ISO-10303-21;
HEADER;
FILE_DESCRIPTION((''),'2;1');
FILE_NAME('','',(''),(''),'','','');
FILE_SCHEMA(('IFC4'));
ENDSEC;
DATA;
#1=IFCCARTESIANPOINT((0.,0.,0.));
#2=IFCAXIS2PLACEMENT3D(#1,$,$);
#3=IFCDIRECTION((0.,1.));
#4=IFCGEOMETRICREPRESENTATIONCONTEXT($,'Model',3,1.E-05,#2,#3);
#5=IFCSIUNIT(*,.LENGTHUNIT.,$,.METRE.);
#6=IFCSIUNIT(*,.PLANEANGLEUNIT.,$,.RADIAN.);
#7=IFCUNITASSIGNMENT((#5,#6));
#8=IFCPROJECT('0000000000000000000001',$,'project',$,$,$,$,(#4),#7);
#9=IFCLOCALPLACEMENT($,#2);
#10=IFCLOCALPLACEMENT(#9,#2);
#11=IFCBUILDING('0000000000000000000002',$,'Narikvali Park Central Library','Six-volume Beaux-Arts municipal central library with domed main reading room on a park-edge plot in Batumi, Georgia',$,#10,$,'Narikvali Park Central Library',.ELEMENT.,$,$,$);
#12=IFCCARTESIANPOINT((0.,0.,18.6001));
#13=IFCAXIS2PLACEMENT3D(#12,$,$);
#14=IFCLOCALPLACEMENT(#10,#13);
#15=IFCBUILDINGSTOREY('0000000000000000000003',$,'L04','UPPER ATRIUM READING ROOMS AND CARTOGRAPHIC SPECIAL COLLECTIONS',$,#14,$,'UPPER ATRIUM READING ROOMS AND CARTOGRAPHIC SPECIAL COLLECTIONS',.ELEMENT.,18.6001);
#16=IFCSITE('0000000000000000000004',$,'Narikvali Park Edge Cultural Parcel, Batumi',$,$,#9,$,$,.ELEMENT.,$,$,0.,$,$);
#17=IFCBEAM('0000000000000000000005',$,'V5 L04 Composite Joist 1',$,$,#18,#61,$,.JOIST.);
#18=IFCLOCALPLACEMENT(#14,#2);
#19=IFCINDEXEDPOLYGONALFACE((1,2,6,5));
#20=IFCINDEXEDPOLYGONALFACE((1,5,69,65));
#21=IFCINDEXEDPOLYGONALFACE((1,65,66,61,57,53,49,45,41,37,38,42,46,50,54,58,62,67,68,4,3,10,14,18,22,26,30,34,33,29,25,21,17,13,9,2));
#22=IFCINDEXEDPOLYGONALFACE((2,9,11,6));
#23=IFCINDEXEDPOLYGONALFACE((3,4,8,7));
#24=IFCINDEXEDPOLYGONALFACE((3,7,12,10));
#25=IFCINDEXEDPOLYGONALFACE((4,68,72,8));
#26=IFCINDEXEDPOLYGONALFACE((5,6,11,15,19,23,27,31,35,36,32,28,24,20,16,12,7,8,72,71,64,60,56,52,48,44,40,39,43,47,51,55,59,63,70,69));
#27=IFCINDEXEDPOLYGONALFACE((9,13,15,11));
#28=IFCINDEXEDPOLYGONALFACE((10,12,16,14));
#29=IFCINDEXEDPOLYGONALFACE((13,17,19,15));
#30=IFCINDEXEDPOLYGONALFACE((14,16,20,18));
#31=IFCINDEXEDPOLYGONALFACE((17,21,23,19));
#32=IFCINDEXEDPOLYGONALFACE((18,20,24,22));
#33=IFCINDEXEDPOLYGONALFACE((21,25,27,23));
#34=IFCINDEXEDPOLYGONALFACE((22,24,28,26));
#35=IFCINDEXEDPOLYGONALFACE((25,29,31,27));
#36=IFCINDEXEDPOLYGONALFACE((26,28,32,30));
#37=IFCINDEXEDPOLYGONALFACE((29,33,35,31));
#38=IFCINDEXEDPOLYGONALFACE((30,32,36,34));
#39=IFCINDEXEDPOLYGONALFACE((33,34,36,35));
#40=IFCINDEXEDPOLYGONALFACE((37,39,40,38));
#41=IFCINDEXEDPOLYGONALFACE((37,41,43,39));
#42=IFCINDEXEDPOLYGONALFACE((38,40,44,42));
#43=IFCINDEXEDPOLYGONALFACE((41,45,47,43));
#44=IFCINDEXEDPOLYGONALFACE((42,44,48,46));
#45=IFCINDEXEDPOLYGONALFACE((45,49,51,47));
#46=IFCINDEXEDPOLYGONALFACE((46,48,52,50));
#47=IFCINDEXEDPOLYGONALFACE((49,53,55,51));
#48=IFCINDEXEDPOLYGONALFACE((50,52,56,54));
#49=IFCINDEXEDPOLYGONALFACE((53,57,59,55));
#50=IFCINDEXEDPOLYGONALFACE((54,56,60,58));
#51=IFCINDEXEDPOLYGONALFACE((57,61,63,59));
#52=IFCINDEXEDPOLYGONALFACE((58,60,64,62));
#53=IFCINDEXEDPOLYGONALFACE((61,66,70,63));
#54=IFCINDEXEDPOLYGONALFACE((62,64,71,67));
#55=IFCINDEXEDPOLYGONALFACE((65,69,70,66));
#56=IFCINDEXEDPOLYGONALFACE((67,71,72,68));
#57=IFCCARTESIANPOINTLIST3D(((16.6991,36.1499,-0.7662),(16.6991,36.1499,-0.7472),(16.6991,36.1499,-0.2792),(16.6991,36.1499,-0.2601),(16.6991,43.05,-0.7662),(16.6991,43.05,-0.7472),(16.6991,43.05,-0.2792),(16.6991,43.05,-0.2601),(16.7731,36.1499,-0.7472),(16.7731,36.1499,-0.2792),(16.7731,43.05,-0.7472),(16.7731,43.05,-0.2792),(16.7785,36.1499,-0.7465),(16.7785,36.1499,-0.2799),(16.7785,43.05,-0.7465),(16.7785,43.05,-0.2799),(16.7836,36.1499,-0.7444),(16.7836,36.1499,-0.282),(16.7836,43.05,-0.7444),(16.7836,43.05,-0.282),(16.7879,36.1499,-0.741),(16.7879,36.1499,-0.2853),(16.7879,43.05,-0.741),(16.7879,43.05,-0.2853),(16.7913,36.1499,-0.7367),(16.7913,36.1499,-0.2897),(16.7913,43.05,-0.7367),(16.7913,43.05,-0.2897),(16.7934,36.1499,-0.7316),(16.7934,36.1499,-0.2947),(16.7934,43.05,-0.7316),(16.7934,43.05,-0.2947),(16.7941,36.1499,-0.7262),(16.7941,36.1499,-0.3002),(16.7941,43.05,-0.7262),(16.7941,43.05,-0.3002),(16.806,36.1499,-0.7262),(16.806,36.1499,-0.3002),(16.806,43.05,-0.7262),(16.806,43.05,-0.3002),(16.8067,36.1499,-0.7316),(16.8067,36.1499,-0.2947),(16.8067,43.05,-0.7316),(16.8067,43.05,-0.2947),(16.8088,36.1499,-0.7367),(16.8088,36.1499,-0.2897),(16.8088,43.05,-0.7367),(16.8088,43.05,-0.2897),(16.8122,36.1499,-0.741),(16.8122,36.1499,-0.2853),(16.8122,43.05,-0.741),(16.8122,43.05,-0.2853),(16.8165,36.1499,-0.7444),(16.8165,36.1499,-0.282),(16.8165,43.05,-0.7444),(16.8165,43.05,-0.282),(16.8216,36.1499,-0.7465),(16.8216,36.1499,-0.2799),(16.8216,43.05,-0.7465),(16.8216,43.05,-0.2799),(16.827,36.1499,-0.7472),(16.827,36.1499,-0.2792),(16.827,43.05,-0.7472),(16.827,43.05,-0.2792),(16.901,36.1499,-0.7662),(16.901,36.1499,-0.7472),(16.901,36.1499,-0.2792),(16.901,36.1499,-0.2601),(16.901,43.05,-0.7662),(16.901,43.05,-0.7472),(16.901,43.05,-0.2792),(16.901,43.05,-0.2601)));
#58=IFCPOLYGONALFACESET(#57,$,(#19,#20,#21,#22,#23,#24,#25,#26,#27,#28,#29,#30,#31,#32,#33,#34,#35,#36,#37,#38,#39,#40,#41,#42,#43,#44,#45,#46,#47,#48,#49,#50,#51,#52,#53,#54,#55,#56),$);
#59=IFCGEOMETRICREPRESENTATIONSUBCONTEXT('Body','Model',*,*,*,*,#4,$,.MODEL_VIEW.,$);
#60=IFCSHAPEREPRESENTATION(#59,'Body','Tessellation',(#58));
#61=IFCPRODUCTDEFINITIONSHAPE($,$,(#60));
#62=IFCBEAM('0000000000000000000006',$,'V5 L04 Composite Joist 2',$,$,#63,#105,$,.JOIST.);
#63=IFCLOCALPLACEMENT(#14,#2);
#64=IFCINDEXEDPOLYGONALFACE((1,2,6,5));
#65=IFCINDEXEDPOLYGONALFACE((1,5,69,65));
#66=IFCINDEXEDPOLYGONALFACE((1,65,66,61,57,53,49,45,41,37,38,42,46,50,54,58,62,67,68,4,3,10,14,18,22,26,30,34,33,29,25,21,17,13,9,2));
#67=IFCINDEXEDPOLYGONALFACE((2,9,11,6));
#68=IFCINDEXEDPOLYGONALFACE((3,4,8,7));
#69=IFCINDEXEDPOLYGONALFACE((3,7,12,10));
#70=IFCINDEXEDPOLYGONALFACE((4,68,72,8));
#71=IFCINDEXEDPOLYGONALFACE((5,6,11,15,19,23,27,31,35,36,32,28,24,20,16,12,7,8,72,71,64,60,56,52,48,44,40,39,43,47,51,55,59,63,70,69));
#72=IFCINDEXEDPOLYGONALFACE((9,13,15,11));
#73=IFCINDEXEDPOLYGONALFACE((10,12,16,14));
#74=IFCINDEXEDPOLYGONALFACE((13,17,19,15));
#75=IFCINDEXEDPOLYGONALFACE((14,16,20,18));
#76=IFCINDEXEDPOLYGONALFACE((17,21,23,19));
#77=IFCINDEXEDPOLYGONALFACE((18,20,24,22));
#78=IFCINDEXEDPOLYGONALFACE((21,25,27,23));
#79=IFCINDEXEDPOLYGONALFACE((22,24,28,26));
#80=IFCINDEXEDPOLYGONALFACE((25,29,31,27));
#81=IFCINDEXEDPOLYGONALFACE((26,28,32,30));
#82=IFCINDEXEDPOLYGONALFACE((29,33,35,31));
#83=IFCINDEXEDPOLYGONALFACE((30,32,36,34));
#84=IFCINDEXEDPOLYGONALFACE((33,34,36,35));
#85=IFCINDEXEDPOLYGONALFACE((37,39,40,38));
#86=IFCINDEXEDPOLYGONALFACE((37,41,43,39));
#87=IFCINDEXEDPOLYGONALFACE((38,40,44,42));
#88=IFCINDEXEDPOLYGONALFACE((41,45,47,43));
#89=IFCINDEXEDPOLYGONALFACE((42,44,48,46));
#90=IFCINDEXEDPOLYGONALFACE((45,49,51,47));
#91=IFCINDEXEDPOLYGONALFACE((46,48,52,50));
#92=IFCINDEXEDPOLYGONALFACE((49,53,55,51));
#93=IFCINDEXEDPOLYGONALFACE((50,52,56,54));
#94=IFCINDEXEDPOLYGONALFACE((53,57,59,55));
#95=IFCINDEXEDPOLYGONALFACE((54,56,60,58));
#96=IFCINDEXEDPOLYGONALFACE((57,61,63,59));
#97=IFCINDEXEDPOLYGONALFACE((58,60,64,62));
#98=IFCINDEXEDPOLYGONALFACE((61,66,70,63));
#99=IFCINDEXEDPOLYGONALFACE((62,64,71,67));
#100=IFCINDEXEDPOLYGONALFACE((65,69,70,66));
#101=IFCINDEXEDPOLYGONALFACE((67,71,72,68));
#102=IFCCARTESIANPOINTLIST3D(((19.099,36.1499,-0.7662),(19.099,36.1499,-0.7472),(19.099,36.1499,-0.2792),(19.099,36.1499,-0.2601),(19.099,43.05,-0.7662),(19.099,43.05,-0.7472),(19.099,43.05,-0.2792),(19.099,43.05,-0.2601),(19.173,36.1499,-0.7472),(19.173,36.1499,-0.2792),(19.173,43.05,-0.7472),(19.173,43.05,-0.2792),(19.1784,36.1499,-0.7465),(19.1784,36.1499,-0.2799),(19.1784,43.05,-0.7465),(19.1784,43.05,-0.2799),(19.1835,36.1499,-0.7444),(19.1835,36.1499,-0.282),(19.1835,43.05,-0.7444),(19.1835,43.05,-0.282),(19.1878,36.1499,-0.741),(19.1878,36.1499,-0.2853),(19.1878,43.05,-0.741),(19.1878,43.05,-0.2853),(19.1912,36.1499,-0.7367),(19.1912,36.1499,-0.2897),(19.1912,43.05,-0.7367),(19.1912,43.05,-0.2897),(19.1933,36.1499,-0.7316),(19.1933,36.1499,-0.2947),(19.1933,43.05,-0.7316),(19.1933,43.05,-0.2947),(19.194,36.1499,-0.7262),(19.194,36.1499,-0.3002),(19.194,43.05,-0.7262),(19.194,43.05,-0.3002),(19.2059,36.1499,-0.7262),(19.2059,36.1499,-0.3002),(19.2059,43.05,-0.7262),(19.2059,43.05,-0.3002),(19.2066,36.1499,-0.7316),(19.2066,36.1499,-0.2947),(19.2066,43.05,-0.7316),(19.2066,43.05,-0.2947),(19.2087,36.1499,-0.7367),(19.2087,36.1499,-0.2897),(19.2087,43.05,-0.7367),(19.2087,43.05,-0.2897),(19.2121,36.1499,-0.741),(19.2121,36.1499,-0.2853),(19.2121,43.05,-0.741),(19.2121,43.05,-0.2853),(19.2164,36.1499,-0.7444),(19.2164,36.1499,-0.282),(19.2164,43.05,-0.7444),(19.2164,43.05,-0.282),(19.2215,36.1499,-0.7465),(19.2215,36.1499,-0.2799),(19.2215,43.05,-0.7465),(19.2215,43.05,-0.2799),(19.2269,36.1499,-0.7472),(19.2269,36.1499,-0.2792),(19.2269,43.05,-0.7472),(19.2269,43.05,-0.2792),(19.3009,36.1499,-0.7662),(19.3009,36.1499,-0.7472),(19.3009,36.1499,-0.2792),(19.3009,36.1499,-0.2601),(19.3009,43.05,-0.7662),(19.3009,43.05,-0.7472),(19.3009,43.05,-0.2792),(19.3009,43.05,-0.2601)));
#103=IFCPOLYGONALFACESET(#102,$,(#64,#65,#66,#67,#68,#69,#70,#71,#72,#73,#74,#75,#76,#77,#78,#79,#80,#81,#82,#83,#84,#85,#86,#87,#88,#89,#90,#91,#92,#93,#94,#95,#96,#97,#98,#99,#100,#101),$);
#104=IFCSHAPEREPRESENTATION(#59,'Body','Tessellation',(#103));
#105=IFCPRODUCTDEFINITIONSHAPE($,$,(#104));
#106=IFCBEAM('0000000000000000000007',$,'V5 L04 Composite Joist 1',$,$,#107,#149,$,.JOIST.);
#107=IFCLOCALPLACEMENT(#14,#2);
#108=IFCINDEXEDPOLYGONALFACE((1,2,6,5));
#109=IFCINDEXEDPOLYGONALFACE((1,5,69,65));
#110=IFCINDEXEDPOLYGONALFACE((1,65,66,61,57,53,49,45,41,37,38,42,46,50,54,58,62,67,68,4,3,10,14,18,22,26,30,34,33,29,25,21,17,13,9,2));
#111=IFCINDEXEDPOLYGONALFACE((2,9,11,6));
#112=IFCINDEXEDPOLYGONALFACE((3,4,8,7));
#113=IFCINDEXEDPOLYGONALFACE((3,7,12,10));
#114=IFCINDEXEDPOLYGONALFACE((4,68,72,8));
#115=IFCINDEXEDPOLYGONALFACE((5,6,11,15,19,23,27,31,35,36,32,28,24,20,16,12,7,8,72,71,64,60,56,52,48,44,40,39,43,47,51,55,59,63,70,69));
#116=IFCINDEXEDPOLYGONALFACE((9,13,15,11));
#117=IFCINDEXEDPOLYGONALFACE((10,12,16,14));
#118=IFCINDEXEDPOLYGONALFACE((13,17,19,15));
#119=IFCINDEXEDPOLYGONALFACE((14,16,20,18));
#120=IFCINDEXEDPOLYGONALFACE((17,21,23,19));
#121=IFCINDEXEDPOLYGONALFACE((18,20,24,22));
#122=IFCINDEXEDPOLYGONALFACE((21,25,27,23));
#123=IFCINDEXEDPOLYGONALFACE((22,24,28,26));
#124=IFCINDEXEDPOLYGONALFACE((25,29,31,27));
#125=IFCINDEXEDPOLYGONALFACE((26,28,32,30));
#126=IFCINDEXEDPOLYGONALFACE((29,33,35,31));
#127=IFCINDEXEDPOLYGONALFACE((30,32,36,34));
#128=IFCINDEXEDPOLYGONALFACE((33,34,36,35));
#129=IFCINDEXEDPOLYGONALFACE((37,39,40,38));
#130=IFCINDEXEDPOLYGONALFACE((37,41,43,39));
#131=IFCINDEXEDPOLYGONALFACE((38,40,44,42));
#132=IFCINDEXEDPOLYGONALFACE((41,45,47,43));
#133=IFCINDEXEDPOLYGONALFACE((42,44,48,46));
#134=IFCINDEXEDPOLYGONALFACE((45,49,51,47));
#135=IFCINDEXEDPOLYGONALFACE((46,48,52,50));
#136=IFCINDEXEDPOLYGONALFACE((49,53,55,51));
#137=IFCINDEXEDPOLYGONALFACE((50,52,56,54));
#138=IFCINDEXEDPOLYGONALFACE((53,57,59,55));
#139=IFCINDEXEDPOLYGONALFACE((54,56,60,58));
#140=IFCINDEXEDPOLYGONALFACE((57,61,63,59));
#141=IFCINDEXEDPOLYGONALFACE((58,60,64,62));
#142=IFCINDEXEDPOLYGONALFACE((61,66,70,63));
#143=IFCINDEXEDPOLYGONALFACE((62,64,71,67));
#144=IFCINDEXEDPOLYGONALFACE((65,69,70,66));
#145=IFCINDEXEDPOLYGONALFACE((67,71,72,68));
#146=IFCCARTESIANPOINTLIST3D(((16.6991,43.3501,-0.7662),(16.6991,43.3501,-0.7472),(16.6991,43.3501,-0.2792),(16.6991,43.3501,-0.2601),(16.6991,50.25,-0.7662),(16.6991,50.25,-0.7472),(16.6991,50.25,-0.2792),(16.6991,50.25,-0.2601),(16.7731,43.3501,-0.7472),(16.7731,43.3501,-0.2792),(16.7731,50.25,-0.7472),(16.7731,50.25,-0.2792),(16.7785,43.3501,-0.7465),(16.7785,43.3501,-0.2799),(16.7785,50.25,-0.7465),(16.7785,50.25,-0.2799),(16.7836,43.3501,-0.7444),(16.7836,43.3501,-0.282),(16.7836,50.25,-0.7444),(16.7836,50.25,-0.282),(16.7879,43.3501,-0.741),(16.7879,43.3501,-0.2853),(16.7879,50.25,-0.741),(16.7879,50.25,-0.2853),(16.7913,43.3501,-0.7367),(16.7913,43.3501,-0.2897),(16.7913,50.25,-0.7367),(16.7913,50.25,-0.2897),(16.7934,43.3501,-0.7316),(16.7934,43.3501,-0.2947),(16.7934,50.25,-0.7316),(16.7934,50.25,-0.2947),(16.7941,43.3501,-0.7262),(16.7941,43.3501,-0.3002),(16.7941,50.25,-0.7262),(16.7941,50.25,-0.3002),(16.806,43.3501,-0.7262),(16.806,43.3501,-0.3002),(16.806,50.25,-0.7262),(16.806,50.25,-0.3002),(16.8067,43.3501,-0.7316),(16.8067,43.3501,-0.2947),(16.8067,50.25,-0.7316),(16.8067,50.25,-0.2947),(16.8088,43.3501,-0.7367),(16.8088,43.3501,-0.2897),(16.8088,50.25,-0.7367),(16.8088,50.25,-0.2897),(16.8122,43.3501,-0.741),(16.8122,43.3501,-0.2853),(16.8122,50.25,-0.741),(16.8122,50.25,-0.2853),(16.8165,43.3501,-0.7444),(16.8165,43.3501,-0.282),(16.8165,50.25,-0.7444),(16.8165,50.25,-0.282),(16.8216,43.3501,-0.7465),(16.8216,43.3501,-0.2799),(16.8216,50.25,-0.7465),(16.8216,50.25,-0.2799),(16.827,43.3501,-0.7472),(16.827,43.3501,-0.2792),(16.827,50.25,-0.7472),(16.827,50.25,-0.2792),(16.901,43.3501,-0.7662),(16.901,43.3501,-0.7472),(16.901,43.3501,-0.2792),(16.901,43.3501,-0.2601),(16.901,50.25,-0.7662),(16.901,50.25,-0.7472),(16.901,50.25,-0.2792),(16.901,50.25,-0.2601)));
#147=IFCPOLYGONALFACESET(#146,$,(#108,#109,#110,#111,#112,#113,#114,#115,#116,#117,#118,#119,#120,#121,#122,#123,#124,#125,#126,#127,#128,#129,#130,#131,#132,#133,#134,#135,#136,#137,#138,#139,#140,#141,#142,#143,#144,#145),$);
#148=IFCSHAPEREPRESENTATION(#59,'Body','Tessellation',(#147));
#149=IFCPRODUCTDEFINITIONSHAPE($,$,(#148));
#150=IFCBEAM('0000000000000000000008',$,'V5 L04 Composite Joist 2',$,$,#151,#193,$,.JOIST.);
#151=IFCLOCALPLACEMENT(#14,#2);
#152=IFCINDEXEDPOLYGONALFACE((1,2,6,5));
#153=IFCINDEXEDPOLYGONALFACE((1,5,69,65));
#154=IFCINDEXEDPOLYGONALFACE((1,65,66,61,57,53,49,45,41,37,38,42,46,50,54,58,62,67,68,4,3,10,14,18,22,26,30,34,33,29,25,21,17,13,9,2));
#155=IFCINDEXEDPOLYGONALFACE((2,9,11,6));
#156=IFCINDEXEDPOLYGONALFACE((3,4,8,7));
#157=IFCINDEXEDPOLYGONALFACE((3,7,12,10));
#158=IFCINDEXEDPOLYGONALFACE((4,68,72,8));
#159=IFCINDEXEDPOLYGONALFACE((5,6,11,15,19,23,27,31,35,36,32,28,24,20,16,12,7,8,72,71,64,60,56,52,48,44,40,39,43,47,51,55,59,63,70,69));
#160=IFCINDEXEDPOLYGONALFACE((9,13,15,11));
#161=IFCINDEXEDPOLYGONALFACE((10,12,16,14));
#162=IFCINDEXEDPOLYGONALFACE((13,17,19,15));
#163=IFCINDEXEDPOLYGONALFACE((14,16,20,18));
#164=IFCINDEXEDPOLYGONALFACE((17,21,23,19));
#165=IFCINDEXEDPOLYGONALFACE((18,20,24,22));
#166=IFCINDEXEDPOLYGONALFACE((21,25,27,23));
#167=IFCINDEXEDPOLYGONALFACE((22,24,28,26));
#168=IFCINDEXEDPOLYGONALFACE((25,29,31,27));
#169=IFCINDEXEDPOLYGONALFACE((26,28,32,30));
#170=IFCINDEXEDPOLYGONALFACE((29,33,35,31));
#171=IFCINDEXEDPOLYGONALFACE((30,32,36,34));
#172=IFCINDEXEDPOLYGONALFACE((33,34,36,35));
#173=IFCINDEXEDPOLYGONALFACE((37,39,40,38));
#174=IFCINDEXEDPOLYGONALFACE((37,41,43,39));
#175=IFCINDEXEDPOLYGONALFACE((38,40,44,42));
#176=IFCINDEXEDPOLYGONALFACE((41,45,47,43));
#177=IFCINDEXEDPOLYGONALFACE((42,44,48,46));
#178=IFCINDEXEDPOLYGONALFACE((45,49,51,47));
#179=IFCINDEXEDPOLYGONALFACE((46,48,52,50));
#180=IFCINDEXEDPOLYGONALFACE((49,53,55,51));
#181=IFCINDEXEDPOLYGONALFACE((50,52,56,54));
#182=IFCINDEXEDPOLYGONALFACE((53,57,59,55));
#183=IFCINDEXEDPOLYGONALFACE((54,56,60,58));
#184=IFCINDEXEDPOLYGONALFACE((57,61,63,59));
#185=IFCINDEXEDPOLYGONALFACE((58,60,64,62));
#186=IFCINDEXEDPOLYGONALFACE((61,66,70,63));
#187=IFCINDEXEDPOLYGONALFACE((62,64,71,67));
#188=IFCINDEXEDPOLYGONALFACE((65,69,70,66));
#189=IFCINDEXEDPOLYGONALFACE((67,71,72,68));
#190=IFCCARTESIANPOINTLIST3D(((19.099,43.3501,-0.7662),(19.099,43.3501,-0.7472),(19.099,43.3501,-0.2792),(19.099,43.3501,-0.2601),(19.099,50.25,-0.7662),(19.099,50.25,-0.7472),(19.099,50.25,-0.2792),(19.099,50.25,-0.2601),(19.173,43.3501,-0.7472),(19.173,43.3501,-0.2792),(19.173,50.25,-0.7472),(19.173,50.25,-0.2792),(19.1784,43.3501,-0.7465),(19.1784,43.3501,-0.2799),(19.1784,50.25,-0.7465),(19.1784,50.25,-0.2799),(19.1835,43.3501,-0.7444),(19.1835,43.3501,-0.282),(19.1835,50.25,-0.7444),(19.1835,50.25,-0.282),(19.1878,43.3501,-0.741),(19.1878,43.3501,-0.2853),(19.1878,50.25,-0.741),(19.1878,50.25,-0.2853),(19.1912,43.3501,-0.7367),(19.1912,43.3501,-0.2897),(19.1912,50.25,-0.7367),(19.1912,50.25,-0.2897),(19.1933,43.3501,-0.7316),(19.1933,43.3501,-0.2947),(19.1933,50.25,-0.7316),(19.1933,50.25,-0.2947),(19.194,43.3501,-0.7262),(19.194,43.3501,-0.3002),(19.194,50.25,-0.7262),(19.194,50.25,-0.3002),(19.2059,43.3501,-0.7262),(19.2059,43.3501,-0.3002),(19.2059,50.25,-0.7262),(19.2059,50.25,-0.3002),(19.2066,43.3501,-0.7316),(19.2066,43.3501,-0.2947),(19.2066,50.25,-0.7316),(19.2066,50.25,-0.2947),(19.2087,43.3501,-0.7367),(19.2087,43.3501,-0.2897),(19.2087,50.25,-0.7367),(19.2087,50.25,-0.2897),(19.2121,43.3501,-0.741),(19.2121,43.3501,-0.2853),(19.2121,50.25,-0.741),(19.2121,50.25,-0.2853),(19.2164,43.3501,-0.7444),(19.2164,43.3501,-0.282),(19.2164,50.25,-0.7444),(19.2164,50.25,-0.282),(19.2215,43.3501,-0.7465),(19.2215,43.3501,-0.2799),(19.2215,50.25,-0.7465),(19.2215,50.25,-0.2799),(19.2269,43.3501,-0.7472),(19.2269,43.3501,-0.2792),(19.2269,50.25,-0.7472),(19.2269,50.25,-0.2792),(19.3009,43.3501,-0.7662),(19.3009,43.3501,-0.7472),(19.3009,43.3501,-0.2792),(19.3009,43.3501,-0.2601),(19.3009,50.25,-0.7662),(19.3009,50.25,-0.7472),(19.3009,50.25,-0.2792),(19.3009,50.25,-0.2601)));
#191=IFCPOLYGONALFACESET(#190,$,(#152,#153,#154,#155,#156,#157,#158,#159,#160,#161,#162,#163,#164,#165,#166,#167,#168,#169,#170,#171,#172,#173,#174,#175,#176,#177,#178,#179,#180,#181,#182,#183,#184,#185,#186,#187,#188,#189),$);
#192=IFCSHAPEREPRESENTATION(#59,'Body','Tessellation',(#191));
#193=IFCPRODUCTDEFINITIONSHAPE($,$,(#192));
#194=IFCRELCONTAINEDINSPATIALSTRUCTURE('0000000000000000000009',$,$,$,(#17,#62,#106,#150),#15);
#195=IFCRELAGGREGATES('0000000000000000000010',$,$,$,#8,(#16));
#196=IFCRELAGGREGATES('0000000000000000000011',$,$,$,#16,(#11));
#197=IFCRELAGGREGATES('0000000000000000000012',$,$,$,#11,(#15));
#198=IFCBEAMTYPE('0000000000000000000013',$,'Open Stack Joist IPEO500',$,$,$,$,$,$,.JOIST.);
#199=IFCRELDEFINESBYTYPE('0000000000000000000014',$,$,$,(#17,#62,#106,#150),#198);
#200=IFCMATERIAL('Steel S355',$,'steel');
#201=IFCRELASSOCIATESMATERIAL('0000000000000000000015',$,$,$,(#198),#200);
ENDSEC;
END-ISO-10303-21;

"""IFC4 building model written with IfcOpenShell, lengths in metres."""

from ifc_helpers import new_model, si_unit, direction, frame, origin, origin_2d, place, context, subcontext, project, spatial, i_section, extrude, material, material_profile, profile_set, type_object, element, save


model = new_model("IFC4")

# Units and contexts
model_context = context("Model", 3, precision=1e-05, world=origin(), true_north=direction((0.0, 1.0)))
body_context = subcontext(model_context, "Body", "Model", "MODEL_VIEW")
ifc_project = project(units=[si_unit("LENGTHUNIT", "METRE"), si_unit("PLANEANGLEUNIT", "RADIAN")], contexts=[model_context])

# Site, building, storey
site_placement = place(None, origin())
site = spatial("IfcSite", under=ifc_project, at=site_placement, Name="Narikvali Park Edge Cultural Parcel, Batumi", CompositionType="ELEMENT", RefElevation=0.0)
building_placement = place(site_placement, origin())
building = spatial("IfcBuilding", under=site, at=building_placement, Name="Narikvali Park Central Library", Description="Six-volume Beaux-Arts municipal central library with domed main reading room on a park-edge plot in Batumi, Georgia", LongName="Narikvali Park Central Library", CompositionType="ELEMENT")
storey_placement = place(building_placement, frame((0.0, 0.0, 18.6001)))
storey = spatial("IfcBuildingStorey", under=building, at=storey_placement, Name="L04", Description="UPPER ATRIUM READING ROOMS AND CARTOGRAPHIC SPECIAL COLLECTIONS", LongName="UPPER ATRIUM READING ROOMS AND CARTOGRAPHIC SPECIAL COLLECTIONS", CompositionType="ELEMENT", Elevation=18.6001)

# Shared definitions
ifc_material_1 = material(Name="Steel S355", Category="steel")

# Beams
ifc_material_profile_1 = material_profile(ifc_material_1, i_section(OverallWidth=0.2019, OverallDepth=0.5061, WebThickness=0.012, FlangeThickness=0.019, FilletRadius=0.021, at=origin_2d()), Name="IPEO 500")
ifc_profile_set_1 = profile_set([ifc_material_profile_1], Name="Steel S355")
beam_type_1 = type_object("IfcBeamType", Name="Open Stack Joist IPEO500", PredefinedType="JOIST", material=ifc_profile_set_1)
for number, where, z_axis, x_axis, name in (
    (1, (16.8, 36.1499, -0.5132), (0.0, 1.0, 0.0), (-1.0, 0.0, 0.0), "V5 L04 Composite Joist 1"),
    (2, (19.2, 36.1499, -0.5132), (0.0, 1.0, 0.0), (-1.0, 0.0, 0.0), "V5 L04 Composite Joist 2"),
):
    element("IfcBeam", number, at=place(storey_placement, frame(where, z_axis=z_axis, x_axis=x_axis)), inside=storey, type_object=beam_type_1, Name=name, PredefinedType="JOIST", context=body_context, shape_type="SweptSolid", body=[
        extrude(i_section(OverallWidth=0.2019, OverallDepth=0.5061, WebThickness=0.012, FlangeThickness=0.019, FilletRadius=0.021, at=origin_2d()), origin(), (0.0, 0.0, 1.0), 6.9001),
    ])
for number, where, z_axis, x_axis, name in (
    (3, (16.8, 43.3501, -0.5132), (0.0, 1.0, 0.0), (-1.0, 0.0, 0.0), "V5 L04 Composite Joist 1"),
    (4, (19.2, 43.3501, -0.5132), (0.0, 1.0, 0.0), (-1.0, 0.0, 0.0), "V5 L04 Composite Joist 2"),
):
    element("IfcBeam", number, at=place(storey_placement, frame(where, z_axis=z_axis, x_axis=x_axis)), inside=storey, type_object=beam_type_1, Name=name, PredefinedType="JOIST", context=body_context, shape_type="SweptSolid", body=[
        extrude(i_section(OverallWidth=0.2019, OverallDepth=0.5061, WebThickness=0.012, FlangeThickness=0.019, FilletRadius=0.021, at=origin_2d()), origin(), (0.0, 0.0, 1.0), 6.8999),
    ])

save(model, "model.ifc")
